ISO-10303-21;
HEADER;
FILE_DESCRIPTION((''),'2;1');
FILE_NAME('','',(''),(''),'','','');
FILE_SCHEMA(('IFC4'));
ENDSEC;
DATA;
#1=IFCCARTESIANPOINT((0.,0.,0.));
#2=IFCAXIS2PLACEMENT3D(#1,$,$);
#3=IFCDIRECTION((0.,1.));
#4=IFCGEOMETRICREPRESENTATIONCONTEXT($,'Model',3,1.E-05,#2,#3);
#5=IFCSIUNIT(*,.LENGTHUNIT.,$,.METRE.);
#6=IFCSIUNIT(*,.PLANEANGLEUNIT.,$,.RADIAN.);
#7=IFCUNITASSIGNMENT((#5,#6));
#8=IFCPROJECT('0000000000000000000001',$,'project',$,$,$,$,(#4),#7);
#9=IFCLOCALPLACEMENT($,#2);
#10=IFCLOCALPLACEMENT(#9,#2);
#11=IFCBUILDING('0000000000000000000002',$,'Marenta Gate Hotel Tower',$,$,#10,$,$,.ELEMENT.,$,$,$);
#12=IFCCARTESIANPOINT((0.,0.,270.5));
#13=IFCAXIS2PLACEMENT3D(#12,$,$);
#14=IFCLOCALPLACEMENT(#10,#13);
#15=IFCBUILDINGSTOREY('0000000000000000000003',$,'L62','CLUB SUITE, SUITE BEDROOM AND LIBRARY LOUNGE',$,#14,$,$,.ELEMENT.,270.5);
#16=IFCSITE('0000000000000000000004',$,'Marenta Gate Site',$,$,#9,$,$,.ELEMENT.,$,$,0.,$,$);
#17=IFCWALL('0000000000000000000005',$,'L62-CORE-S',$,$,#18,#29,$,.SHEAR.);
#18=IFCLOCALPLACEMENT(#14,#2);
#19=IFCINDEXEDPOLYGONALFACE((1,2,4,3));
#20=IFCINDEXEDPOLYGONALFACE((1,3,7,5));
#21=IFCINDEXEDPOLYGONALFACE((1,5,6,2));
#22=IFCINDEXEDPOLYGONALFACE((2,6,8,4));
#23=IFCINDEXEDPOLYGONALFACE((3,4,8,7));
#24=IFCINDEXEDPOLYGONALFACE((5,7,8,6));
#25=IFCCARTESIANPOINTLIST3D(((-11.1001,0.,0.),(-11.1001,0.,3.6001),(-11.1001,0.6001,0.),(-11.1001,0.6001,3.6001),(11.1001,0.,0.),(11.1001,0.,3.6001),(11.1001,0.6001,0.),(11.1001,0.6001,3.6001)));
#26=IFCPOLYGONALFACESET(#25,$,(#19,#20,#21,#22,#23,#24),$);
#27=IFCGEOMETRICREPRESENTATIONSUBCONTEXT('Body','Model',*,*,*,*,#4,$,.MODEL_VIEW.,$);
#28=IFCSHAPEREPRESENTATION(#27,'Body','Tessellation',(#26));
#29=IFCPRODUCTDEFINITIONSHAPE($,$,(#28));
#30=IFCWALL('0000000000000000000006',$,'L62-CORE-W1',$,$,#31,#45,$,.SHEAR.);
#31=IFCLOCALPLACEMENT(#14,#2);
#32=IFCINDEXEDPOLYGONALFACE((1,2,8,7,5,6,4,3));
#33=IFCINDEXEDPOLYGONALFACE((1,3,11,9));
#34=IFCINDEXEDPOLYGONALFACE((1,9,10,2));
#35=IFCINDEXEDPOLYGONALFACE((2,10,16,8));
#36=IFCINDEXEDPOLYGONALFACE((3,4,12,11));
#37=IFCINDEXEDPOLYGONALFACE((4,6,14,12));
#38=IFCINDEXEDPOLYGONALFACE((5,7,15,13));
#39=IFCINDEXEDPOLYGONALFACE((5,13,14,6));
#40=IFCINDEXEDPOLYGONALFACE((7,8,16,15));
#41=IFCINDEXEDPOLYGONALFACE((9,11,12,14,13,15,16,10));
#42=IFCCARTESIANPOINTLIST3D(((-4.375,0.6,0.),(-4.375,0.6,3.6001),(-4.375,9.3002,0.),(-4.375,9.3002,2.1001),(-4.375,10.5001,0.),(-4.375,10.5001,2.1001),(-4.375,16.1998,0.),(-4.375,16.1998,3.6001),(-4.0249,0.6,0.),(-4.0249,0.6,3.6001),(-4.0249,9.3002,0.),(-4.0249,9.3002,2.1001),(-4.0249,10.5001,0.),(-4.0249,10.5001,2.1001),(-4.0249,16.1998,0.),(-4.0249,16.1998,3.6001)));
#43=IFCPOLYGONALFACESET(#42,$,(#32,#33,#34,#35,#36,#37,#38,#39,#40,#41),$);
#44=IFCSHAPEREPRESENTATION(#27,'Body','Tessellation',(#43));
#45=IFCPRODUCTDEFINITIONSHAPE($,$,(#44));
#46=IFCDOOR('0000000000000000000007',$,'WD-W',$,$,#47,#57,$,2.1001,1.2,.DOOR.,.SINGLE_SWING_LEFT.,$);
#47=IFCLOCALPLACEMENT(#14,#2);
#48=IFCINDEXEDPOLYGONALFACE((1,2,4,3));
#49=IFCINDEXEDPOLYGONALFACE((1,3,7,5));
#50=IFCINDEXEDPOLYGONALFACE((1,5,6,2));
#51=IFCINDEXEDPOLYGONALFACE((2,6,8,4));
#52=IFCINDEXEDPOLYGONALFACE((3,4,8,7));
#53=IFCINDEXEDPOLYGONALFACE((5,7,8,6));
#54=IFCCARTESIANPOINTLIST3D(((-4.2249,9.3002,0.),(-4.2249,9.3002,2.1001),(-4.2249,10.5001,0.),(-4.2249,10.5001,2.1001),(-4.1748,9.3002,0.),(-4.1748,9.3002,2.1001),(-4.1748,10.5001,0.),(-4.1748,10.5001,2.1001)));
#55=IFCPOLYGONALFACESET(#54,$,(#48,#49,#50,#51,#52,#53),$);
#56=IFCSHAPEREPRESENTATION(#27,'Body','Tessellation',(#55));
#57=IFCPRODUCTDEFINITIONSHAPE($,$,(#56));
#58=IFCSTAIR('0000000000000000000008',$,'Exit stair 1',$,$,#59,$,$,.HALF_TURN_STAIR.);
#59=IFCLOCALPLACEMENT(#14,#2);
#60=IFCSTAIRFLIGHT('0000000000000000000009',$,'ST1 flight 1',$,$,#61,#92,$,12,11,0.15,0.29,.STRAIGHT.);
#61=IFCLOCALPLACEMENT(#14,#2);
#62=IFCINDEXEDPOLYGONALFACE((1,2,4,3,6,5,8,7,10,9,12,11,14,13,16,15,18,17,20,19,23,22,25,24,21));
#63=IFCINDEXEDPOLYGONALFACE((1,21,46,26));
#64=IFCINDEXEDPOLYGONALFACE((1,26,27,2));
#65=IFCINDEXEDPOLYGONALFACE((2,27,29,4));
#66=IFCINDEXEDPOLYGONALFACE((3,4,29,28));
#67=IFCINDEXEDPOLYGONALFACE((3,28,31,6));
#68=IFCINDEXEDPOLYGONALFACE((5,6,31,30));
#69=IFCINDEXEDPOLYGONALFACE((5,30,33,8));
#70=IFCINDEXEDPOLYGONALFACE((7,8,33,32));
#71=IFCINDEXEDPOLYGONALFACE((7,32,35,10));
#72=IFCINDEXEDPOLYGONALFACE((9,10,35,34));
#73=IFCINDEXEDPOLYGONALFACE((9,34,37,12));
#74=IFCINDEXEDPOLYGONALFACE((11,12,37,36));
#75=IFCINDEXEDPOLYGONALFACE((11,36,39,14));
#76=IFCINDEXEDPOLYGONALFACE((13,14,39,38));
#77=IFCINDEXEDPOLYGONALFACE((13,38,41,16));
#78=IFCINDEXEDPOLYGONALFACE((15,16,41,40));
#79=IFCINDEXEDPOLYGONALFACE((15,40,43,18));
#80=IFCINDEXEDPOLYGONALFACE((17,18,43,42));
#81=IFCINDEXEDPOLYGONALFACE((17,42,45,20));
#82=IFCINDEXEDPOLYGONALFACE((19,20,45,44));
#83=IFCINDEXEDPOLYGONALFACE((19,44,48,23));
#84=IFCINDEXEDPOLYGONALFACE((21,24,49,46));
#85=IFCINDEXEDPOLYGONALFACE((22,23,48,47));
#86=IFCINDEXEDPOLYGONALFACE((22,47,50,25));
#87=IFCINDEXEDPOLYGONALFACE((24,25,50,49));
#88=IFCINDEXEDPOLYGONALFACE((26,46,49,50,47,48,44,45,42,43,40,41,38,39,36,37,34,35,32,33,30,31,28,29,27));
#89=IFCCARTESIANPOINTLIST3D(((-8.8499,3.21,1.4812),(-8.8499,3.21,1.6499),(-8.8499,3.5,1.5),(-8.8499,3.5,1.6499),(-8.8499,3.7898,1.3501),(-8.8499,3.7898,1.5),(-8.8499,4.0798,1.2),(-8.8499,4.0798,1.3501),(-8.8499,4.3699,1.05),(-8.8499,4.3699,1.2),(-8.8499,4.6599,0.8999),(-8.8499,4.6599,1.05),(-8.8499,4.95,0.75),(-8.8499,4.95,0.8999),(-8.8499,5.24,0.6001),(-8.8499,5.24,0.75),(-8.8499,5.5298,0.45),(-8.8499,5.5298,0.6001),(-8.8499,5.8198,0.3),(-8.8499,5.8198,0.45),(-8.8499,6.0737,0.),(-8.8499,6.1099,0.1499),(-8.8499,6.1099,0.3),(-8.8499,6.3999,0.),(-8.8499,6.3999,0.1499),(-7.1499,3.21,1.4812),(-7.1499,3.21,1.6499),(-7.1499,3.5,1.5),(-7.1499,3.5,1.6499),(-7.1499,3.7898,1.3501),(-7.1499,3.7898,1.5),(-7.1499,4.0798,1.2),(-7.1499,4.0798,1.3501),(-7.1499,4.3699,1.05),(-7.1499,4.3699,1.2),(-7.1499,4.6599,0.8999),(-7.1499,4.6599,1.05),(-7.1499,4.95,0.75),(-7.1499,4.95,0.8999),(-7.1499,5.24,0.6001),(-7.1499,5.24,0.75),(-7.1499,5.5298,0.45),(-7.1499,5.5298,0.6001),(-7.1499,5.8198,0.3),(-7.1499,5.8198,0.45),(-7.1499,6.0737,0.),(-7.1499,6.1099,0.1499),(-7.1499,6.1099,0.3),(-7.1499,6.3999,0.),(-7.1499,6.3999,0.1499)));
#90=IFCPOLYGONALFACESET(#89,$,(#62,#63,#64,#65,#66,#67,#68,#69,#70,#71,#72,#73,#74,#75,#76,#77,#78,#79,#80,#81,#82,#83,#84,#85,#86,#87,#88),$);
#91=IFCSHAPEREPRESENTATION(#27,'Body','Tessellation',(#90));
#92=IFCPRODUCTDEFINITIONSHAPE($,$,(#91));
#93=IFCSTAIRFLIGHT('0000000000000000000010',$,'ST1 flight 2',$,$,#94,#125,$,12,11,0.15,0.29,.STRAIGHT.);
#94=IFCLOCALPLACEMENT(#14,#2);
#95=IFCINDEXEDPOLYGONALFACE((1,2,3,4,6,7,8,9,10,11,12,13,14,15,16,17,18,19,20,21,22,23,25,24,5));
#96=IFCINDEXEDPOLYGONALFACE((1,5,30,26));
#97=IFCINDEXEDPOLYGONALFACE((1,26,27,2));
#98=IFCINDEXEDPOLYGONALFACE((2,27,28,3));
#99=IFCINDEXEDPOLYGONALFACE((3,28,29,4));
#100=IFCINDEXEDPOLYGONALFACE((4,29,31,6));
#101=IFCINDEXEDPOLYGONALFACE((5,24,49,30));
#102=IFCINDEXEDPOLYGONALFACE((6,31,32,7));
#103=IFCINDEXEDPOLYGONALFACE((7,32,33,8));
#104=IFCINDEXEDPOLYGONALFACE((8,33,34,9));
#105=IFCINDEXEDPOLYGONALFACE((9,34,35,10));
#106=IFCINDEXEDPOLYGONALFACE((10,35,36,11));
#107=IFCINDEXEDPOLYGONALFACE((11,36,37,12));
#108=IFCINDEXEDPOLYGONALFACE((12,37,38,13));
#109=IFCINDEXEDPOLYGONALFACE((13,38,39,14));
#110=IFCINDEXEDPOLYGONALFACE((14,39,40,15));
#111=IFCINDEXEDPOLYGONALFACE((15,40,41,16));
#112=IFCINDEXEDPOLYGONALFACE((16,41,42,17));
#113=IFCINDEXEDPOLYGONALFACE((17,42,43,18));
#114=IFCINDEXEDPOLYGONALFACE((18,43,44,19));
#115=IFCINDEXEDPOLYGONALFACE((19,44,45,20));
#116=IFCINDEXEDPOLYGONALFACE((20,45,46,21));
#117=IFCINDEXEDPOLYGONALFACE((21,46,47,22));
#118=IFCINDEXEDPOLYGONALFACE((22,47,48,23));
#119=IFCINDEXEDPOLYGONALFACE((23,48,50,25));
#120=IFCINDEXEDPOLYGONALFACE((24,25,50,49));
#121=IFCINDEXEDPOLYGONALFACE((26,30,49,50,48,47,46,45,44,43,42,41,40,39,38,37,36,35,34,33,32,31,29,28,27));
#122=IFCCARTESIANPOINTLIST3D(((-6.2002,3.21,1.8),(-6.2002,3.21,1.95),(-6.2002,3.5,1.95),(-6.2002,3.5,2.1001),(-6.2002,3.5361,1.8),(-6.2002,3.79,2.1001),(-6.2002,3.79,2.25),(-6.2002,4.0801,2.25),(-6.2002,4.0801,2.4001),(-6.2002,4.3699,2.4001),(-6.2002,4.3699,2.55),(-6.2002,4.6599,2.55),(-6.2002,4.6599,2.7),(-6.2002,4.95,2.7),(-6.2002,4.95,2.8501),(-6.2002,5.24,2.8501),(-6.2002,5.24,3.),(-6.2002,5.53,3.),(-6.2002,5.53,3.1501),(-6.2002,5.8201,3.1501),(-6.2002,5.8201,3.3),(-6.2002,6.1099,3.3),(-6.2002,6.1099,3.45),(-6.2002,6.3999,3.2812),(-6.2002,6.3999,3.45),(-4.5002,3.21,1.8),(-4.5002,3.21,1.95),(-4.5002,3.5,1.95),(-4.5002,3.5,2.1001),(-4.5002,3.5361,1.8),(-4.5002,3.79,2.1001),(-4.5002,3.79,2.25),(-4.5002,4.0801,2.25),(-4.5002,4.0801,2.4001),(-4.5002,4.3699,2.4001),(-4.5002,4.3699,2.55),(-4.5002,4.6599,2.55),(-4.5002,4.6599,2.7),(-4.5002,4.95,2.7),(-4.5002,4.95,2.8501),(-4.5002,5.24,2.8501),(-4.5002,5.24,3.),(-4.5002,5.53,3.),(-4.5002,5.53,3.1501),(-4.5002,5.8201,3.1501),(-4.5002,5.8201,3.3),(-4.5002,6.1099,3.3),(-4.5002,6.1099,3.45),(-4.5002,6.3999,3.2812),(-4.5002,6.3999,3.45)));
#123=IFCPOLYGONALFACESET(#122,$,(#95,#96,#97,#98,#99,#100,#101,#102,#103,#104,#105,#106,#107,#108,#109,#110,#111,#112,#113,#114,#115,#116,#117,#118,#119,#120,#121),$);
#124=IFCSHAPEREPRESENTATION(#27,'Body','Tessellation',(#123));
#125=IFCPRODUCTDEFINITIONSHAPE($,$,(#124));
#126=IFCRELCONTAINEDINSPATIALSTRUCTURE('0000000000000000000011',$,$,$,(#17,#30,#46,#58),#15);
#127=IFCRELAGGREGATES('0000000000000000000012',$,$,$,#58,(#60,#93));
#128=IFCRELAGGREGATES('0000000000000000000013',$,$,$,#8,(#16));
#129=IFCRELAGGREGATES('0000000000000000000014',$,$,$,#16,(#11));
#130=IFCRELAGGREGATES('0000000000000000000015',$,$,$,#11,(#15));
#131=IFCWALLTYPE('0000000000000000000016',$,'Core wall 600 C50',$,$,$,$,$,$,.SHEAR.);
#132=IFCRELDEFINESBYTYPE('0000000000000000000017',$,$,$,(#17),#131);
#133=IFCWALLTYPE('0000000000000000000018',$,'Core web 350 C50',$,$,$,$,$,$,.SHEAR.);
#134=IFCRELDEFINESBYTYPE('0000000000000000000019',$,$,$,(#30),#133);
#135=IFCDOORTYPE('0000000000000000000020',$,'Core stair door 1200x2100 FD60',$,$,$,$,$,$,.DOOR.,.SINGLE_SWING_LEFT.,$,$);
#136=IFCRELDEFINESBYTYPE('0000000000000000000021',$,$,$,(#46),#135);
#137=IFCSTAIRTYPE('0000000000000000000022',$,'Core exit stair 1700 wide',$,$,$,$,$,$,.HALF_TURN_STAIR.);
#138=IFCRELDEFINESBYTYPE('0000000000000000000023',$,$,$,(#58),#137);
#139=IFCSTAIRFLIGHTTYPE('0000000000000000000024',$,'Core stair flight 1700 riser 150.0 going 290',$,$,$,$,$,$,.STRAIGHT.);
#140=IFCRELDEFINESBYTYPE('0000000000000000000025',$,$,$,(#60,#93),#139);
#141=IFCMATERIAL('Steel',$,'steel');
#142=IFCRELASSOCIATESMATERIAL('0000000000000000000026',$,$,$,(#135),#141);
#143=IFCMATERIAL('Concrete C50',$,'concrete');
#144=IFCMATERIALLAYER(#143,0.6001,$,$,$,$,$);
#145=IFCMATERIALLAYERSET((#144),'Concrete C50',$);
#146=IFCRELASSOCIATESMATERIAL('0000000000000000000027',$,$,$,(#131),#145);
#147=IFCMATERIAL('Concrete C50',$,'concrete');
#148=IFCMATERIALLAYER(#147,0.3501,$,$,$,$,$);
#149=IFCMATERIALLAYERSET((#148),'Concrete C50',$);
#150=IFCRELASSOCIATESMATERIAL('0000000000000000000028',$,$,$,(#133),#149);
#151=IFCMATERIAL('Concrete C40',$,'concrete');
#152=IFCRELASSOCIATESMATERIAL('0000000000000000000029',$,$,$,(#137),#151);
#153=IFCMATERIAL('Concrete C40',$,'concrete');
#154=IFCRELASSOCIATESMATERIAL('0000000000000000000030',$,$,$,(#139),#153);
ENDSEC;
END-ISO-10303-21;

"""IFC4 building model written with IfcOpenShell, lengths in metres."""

from ifc_helpers import new_model, si_unit, direction, frame, frame_2d, origin, place, context, subcontext, project, spatial, polyline, rectangle, outline, extrude, material, layer, layer_set, type_object, element, fill, aggregate, save


model = new_model("IFC4")

# Units and contexts
model_context = context("Model", 3, precision=1e-05, world=origin(), true_north=direction((0.0, 1.0)))
body_context = subcontext(model_context, "Body", "Model", "MODEL_VIEW")
ifc_project = project(units=[si_unit("LENGTHUNIT", "METRE"), si_unit("PLANEANGLEUNIT", "RADIAN")], contexts=[model_context])

# Site, building, storey
site_placement = place(None, origin())
site = spatial("IfcSite", under=ifc_project, at=site_placement, Name="Marenta Gate Site", CompositionType="ELEMENT", RefElevation=0.0)
building_placement = place(site_placement, origin())
building = spatial("IfcBuilding", under=site, at=building_placement, Name="Marenta Gate Hotel Tower", CompositionType="ELEMENT")
storey_placement = place(building_placement, frame((0.0, 0.0, 270.5)))
storey = spatial("IfcBuildingStorey", under=building, at=storey_placement, Name="L62", Description="CLUB SUITE, SUITE BEDROOM AND LIBRARY LOUNGE", CompositionType="ELEMENT", Elevation=270.5)

# Shared definitions
ifc_material_1 = material(Name="Steel", Category="steel")
door_type_1 = type_object("IfcDoorType", Name="Core stair door 1200x2100 FD60", OperationType="SINGLE_SWING_LEFT", PredefinedType="DOOR", material=ifc_material_1)

# Wall
ifc_material_2 = material(Name="Concrete C50", Category="concrete")
ifc_layer_1 = layer(ifc_material_2, 0.6001)
ifc_layer_set_1 = layer_set([ifc_layer_1], Name="Concrete C50")
wall_type_1 = type_object("IfcWallType", Name="Core wall 600 C50", PredefinedType="SHEAR", material=ifc_layer_set_1)
wall_1_placement = place(storey_placement, frame((-11.1001, 0.3, 0.0), z_axis=(0.0, 0.0, 1.0), x_axis=(1.0, 0.0, 0.0)))
element("IfcWall", 1, at=wall_1_placement, inside=storey, type_object=wall_type_1, Name="L62-CORE-S", PredefinedType="SHEAR", context=body_context, shape_type="SweptSolid", body=[
    extrude(rectangle(XDim=22.2002, YDim=0.6001, at=frame_2d((11.1001, 0.0))), origin(), (0.0, 0.0, 1.0), 3.6001),
])

# Wall, opening, door
ifc_material_3 = material(Name="Concrete C50", Category="concrete")
ifc_layer_2 = layer(ifc_material_3, 0.3501)
ifc_layer_set_2 = layer_set([ifc_layer_2], Name="Concrete C50")
wall_type_2 = type_object("IfcWallType", Name="Core web 350 C50", PredefinedType="SHEAR", material=ifc_layer_set_2)
wall_2_placement = place(storey_placement, frame((-4.2, 0.6001, 0.0), z_axis=(0.0, 0.0, 1.0), x_axis=(0.0, 1.0, 0.0)))
wall_2 = element("IfcWall", 2, at=wall_2_placement, inside=storey, type_object=wall_type_2, Name="L62-CORE-W1", PredefinedType="SHEAR", context=body_context, shape_type="SweptSolid", body=[
    extrude(rectangle(XDim=15.5999, YDim=0.3501, at=frame_2d((7.7998, 0.0))), origin(), (0.0, 0.0, 1.0), 3.6001),
])
opening_1_placement = place(wall_2_placement, frame((8.7, 0.0, 0.0)))
opening_1 = element("IfcOpeningElement", 3, at=opening_1_placement, cuts=wall_2, PredefinedType="OPENING", context=body_context, shape_type="SweptSolid", body=[
    extrude(rectangle(XDim=1.2, YDim=2.1001, at=frame_2d((0.6001, 1.05))), frame((0.0, 0.175, 0.0), z_axis=(0.0, -1.0, 0.0), x_axis=(1.0, 0.0, 0.0)), (0.0, 0.0, 1.0), 0.3501),
])
door_1_placement = place(opening_1_placement, origin())
door_1 = element("IfcDoor", 4, at=door_1_placement, inside=storey, type_object=door_type_1, Name="WD-W", OperationType="SINGLE_SWING_LEFT", OverallHeight=2.1001, OverallWidth=1.2, PredefinedType="DOOR", context=body_context, shape_type="SweptSolid", body=[
    extrude(rectangle(XDim=1.2, YDim=2.1001, at=frame_2d((0.6001, 1.05))), frame((0.0, 0.0249, 0.0), z_axis=(0.0, -1.0, 0.0), x_axis=(1.0, 0.0, 0.0)), (0.0, 0.0, 1.0), 0.05),
])
fill(opening_1, door_1)

# Stair, stair flights
ifc_material_4 = material(Name="Concrete C40", Category="concrete")
stair_type = type_object("IfcStairType", Name="Core exit stair 1700 wide", PredefinedType="HALF_TURN_STAIR", material=ifc_material_4)
stair_placement = place(storey_placement, origin())
stair = element("IfcStair", 5, at=stair_placement, inside=storey, type_object=stair_type, Name="Exit stair 1", PredefinedType="HALF_TURN_STAIR")
ifc_material_5 = material(Name="Concrete C40", Category="concrete")
stair_flight_type = type_object("IfcStairFlightType", Name="Core stair flight 1700 riser 150.0 going 290", PredefinedType="STRAIGHT", material=ifc_material_5)
stair_flight_1_placement = place(storey_placement, frame((-8.0, 6.3999, 0.0), z_axis=(0.0, 0.0, 1.0), x_axis=(0.0, -1.0, 0.0)))
stair_flight_1 = element("IfcStairFlight", 6, at=stair_flight_1_placement, type_object=stair_flight_type, Name="ST1 flight 1", NumberOfRisers=12, NumberOfTreads=11, PredefinedType="STRAIGHT", RiserHeight=0.15, TreadLength=0.29, context=body_context, shape_type="SweptSolid", body=[
    extrude(outline(polyline([(0.0, 0.0), (0.0, 0.1499), (0.29, 0.1499), (0.29, 0.3), (0.5801, 0.3), (0.5801, 0.45), (0.8701, 0.45), (0.8701, 0.6001), (1.1599, 0.6001), (1.1599, 0.75), (1.45, 0.75), (1.45, 0.8999), (1.74, 0.8999), (1.74, 1.05), (2.03, 1.05), (2.03, 1.2), (2.3201, 1.2), (2.3201, 1.3501), (2.6101, 1.3501), (2.6101, 1.5), (2.8999, 1.5), (2.8999, 1.6499), (3.1899, 1.6499), (3.1899, 1.8), (3.1899, 1.4812), (0.3262, 0.0), (0.0, 0.0)])), frame((0.0, 0.8501, 0.0), z_axis=(0.0, -1.0, 0.0), x_axis=(1.0, 0.0, 0.0)), (0.0, 0.0, 1.0), 1.7),
])
stair_flight_2_placement = place(storey_placement, frame((-5.3501, 3.21, 1.8), z_axis=(0.0, 0.0, 1.0), x_axis=(0.0, 1.0, 0.0)))
stair_flight_2 = element("IfcStairFlight", 7, at=stair_flight_2_placement, type_object=stair_flight_type, Name="ST1 flight 2", NumberOfRisers=12, NumberOfTreads=11, PredefinedType="STRAIGHT", RiserHeight=0.15, TreadLength=0.29, context=body_context, shape_type="SweptSolid", body=[
    extrude(outline(polyline([(0.0, 0.0), (0.0, 0.1499), (0.29, 0.1499), (0.29, 0.3), (0.5801, 0.3), (0.5801, 0.45), (0.8701, 0.45), (0.8701, 0.6001), (1.1599, 0.6001), (1.1599, 0.75), (1.45, 0.75), (1.45, 0.8999), (1.74, 0.8999), (1.74, 1.05), (2.03, 1.05), (2.03, 1.2), (2.3201, 1.2), (2.3201, 1.3501), (2.6101, 1.3501), (2.6101, 1.5), (2.8999, 1.5), (2.8999, 1.6499), (3.1899, 1.6499), (3.1899, 1.8), (3.1899, 1.4812), (0.3262, 0.0), (0.0, 0.0)])), frame((0.0, 0.8501, 0.0), z_axis=(0.0, -1.0, 0.0), x_axis=(1.0, 0.0, 0.0)), (0.0, 0.0, 1.0), 1.7),
])
aggregate(stair, [stair_flight_1, stair_flight_2])

save(model, "model.ifc")
